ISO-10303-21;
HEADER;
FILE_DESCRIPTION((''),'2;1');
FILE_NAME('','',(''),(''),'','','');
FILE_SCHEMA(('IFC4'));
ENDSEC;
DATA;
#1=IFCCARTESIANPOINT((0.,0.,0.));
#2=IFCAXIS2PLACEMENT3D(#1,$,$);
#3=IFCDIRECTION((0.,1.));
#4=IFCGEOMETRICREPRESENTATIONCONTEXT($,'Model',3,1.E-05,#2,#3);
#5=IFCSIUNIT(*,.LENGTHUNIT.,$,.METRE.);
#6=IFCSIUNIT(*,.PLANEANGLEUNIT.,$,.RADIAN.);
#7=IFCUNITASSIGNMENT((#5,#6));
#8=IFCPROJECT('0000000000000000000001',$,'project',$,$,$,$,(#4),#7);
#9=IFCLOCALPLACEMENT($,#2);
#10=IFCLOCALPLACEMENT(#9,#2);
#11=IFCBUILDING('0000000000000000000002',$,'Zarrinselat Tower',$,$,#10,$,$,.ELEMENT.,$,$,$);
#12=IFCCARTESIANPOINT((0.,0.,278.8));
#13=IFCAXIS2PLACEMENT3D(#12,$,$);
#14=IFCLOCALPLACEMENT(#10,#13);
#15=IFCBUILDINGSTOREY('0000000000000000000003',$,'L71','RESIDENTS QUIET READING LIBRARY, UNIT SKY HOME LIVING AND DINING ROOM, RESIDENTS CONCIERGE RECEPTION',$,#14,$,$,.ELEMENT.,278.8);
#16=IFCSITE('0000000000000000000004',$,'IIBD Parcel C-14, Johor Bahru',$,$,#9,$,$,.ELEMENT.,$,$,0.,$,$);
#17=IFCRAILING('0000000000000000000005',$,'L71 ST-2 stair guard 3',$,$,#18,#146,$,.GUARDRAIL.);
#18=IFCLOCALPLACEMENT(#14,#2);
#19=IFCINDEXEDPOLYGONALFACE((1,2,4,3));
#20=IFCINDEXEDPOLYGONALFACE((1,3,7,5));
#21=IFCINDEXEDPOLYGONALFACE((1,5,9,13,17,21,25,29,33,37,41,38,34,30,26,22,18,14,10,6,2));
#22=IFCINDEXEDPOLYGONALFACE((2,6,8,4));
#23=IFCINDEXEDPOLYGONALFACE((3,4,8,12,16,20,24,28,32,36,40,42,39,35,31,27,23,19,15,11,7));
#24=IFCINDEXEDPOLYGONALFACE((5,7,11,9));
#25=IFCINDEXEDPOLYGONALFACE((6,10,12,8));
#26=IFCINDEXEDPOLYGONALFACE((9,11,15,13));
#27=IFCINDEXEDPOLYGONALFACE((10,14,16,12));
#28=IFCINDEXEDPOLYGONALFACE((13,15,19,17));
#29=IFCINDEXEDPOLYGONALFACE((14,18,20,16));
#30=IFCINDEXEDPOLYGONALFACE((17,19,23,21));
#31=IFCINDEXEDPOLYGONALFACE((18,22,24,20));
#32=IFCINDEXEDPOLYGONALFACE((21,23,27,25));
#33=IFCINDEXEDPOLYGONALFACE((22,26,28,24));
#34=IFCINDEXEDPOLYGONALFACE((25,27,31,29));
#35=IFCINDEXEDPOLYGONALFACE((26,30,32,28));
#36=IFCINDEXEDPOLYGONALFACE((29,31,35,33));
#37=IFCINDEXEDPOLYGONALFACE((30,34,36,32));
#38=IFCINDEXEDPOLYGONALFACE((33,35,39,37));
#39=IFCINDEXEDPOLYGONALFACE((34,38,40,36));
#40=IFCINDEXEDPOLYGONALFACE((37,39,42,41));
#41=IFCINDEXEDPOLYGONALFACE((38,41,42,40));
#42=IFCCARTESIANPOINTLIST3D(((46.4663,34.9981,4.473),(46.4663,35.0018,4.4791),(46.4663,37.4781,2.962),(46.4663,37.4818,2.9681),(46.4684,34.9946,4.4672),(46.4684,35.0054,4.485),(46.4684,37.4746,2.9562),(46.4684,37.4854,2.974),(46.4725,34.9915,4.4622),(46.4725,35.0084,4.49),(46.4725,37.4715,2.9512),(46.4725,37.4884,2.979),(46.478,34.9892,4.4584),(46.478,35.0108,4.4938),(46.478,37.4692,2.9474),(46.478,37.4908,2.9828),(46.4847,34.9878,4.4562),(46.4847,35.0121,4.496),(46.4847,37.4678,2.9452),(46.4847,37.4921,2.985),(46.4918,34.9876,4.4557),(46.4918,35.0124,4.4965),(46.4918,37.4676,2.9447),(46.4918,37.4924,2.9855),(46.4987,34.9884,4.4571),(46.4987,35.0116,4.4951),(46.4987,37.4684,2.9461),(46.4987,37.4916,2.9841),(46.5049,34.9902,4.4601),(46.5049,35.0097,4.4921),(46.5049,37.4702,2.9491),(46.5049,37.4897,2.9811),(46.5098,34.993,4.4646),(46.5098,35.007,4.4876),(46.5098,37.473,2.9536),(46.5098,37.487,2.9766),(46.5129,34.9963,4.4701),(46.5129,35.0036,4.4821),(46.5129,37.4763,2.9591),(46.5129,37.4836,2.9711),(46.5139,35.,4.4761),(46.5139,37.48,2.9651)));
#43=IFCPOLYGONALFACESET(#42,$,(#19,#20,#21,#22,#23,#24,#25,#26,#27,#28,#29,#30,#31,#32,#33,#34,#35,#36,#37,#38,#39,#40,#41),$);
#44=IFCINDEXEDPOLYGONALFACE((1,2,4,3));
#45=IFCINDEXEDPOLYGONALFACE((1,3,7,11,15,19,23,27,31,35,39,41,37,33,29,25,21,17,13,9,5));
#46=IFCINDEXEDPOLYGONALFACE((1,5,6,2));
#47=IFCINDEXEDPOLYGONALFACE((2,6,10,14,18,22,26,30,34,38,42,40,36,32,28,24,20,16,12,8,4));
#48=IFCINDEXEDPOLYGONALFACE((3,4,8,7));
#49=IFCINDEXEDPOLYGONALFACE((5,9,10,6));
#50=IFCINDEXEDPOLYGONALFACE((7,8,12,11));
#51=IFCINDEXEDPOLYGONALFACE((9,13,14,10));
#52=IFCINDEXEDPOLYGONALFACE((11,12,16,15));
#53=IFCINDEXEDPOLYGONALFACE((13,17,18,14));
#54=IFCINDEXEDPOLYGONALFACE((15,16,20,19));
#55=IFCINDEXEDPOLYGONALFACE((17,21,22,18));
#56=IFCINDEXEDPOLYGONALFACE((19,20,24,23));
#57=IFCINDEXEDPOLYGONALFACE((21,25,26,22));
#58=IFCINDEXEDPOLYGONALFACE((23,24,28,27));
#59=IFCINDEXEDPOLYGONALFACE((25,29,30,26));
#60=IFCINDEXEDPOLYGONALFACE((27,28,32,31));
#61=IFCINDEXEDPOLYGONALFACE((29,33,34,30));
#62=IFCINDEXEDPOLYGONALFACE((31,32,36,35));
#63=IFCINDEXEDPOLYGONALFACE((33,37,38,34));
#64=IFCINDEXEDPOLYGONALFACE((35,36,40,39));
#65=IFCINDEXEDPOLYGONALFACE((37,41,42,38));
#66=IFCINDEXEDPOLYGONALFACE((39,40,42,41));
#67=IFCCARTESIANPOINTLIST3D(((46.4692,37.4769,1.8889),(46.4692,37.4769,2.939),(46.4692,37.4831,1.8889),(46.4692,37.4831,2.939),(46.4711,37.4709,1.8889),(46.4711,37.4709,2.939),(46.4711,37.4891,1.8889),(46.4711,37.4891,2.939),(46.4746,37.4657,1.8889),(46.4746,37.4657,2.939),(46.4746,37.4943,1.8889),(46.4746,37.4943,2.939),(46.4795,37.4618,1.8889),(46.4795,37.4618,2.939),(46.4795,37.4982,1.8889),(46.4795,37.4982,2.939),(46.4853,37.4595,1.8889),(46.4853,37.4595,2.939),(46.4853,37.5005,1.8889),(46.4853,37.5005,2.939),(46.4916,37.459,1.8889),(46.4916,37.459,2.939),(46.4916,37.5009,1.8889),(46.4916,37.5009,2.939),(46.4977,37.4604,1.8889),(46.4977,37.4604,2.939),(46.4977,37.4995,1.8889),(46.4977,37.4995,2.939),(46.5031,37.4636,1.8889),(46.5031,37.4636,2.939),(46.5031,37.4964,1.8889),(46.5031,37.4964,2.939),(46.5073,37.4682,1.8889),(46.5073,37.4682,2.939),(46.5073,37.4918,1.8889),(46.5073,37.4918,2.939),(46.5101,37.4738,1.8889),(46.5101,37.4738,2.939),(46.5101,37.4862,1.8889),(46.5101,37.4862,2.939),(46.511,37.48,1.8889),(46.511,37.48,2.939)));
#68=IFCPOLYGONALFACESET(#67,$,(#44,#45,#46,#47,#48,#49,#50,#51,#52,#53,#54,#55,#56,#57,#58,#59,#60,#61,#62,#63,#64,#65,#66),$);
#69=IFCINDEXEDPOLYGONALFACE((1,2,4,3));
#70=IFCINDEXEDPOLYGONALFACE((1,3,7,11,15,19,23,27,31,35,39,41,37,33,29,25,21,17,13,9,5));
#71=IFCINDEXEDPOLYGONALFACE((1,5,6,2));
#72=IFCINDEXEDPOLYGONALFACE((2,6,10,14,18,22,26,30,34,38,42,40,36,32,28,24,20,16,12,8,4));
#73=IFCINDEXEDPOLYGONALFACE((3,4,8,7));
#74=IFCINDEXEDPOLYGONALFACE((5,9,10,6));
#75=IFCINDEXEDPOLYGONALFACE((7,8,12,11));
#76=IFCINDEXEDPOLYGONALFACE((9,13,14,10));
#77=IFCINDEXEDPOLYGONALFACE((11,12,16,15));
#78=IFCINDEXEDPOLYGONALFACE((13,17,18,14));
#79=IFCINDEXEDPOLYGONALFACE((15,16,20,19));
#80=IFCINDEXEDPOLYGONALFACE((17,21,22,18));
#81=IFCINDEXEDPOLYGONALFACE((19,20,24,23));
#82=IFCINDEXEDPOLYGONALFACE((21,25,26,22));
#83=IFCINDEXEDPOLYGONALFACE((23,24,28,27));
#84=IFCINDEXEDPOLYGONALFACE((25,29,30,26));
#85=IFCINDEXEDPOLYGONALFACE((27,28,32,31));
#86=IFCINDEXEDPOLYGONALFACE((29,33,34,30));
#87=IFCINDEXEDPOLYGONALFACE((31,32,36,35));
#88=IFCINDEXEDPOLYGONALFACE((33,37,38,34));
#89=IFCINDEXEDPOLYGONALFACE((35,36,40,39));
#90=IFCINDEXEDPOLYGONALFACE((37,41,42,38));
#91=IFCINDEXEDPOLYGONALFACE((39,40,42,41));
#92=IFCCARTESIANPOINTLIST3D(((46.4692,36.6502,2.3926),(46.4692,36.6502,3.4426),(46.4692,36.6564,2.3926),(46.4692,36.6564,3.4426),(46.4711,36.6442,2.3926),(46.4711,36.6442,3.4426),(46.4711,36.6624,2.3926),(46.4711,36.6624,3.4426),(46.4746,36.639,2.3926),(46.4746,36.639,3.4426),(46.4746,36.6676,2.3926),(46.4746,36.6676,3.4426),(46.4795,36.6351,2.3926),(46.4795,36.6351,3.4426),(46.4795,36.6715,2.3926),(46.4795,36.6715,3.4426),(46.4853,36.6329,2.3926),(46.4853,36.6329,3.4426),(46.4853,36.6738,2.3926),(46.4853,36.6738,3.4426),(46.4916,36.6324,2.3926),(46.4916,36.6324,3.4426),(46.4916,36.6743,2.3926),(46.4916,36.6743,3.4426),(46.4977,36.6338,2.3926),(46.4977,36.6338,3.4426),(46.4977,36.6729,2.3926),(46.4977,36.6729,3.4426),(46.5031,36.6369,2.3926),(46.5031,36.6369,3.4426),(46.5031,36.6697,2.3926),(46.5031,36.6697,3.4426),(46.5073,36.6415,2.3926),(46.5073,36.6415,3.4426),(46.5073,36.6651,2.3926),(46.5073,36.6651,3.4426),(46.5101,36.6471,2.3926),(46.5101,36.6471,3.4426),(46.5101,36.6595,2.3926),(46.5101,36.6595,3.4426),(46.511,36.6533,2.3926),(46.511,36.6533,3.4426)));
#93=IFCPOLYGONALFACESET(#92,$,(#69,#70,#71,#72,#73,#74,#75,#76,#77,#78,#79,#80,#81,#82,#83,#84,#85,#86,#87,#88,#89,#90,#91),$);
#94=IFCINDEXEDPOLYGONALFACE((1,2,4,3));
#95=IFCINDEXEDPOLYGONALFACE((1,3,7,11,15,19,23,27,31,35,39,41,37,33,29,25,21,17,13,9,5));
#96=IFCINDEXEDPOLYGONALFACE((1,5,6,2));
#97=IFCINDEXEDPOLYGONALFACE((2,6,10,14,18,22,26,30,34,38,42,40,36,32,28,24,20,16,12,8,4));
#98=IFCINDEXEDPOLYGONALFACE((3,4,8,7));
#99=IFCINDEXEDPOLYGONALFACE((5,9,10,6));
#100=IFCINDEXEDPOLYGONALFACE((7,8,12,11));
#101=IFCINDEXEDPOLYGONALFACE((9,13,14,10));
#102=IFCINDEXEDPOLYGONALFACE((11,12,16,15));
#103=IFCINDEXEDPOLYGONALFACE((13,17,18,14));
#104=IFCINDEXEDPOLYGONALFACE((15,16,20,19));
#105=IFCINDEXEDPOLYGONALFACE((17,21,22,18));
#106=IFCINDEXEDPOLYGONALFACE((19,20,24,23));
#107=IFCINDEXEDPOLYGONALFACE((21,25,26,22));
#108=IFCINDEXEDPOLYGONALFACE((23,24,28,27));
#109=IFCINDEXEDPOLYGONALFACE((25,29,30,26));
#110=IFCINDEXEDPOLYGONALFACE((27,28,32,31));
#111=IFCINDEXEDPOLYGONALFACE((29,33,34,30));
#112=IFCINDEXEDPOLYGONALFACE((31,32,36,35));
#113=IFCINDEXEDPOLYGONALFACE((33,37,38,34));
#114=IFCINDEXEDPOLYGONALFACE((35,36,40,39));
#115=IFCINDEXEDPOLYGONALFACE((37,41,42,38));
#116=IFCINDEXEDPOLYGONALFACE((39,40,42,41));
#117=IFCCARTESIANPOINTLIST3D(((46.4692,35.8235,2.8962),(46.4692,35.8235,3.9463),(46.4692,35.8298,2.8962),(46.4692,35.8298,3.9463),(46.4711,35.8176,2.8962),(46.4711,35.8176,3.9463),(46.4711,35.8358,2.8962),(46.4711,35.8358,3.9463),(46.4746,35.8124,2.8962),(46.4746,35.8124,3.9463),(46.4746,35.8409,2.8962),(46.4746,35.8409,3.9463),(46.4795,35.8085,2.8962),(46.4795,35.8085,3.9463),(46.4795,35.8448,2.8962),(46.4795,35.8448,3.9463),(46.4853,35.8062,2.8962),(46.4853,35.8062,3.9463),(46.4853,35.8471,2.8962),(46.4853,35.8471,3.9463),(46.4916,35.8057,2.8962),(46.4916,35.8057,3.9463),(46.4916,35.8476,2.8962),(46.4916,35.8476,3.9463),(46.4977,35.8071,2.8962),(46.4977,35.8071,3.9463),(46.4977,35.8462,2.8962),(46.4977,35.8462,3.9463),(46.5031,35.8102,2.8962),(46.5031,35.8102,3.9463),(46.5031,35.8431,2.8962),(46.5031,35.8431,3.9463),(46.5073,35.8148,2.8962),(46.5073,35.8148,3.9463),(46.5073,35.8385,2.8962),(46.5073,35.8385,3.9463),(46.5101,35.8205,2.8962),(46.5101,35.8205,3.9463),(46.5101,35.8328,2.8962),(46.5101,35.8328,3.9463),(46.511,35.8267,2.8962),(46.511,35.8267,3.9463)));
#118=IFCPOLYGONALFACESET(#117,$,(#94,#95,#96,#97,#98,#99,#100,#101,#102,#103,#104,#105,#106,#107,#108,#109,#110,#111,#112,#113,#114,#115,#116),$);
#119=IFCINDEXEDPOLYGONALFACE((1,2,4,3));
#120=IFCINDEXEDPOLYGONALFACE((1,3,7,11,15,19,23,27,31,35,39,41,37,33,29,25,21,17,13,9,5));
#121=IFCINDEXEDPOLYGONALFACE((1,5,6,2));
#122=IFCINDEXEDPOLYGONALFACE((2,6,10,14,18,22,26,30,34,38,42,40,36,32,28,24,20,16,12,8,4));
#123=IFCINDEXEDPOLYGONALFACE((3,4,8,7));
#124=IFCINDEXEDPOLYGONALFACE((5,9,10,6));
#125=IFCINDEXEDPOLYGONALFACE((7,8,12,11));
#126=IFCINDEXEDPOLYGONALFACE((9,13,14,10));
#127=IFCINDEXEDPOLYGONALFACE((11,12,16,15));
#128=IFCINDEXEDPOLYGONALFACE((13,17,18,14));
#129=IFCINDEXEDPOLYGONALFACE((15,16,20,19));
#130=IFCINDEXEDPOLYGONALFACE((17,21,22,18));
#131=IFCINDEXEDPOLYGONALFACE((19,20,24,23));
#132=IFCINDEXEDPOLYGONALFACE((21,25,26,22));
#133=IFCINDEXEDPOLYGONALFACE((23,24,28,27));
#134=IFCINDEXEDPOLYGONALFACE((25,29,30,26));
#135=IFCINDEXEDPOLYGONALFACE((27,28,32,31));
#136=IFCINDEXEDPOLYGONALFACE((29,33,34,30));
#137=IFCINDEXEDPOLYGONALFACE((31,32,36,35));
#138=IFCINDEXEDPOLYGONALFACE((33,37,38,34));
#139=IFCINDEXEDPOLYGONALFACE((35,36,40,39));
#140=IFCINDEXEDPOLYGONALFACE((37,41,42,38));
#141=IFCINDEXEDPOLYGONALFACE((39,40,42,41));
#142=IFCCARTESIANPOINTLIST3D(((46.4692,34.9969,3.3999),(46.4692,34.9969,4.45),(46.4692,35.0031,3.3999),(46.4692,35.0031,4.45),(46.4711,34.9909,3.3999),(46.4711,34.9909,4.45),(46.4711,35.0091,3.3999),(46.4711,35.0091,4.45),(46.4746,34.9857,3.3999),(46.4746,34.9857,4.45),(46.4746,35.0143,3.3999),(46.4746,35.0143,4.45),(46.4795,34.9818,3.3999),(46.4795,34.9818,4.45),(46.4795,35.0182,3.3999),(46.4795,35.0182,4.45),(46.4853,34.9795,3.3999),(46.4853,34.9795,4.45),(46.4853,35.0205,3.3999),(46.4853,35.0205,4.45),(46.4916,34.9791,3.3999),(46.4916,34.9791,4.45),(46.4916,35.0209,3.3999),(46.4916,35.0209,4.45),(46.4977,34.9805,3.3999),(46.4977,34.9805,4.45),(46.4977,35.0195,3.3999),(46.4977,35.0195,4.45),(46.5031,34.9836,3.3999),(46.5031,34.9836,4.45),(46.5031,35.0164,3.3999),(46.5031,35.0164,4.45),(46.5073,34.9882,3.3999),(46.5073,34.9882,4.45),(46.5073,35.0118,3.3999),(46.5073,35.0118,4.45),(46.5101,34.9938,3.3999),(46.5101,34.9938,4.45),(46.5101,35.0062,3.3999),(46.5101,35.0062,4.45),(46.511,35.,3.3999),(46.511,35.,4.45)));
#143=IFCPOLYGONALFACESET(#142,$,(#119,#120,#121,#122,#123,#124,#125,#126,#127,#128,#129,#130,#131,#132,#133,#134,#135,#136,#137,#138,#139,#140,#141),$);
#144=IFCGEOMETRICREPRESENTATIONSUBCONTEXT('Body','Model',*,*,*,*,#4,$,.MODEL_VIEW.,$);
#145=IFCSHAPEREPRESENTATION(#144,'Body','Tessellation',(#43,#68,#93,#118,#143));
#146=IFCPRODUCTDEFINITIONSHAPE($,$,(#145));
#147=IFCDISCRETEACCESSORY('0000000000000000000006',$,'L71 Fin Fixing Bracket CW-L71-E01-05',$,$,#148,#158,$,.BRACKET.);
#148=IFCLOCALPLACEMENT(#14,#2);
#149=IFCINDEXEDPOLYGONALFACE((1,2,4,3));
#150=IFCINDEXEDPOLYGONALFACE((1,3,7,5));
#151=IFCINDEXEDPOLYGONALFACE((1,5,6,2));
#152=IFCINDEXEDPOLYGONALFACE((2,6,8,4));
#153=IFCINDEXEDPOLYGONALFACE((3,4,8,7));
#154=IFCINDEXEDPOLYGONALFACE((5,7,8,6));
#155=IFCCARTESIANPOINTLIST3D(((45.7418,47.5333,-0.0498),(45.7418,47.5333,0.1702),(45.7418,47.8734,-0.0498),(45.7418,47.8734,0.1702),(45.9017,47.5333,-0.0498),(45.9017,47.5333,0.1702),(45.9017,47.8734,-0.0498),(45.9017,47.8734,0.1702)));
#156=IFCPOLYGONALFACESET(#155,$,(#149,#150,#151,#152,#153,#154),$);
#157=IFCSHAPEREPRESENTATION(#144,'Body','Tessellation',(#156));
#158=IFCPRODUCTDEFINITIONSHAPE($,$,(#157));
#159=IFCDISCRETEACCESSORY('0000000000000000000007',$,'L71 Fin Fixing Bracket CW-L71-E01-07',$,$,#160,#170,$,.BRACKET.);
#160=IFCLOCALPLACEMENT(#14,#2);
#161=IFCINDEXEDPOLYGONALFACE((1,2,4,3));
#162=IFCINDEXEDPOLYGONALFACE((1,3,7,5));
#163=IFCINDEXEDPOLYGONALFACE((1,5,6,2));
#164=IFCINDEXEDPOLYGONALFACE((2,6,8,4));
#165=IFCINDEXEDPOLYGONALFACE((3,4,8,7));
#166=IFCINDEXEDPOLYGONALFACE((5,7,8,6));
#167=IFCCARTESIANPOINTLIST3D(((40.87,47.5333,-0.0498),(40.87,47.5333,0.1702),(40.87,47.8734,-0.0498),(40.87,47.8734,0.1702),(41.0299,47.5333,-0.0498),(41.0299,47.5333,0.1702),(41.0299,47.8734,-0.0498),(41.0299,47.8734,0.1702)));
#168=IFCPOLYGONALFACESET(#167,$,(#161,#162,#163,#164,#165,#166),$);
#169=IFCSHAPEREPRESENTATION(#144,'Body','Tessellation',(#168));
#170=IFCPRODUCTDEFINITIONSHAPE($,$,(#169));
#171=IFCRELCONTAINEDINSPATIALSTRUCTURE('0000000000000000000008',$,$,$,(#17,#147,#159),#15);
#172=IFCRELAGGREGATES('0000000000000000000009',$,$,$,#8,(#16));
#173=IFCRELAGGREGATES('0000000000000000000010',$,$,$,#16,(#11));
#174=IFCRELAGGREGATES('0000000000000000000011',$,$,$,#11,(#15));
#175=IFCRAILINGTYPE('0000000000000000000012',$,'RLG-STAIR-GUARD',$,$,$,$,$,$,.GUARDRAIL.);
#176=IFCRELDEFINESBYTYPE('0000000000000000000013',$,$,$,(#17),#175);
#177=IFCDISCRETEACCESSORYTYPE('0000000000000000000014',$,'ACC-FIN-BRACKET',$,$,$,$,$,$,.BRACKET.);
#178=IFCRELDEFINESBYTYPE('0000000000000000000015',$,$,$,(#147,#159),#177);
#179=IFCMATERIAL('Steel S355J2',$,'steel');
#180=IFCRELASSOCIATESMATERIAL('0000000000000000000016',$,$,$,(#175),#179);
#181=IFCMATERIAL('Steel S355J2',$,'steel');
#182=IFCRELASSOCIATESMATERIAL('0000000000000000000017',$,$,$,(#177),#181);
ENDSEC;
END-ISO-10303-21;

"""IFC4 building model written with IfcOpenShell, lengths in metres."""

from ifc_helpers import new_model, si_unit, direction, frame, origin, origin_2d, place, context, subcontext, project, spatial, rectangle, circle, extrude, material, type_object, element, save


model = new_model("IFC4")

# Units and contexts
model_context = context("Model", 3, precision=1e-05, world=origin(), true_north=direction((0.0, 1.0)))
body_context = subcontext(model_context, "Body", "Model", "MODEL_VIEW")
ifc_project = project(units=[si_unit("LENGTHUNIT", "METRE"), si_unit("PLANEANGLEUNIT", "RADIAN")], contexts=[model_context])

# Site, building, storey
site_placement = place(None, origin())
site = spatial("IfcSite", under=ifc_project, at=site_placement, Name="IIBD Parcel C-14, Johor Bahru", CompositionType="ELEMENT", RefElevation=0.0)
building_placement = place(site_placement, origin())
building = spatial("IfcBuilding", under=site, at=building_placement, Name="Zarrinselat Tower", CompositionType="ELEMENT")
storey_placement = place(building_placement, frame((0.0, 0.0, 278.8)))
storey = spatial("IfcBuildingStorey", under=building, at=storey_placement, Name="L71", Description="RESIDENTS QUIET READING LIBRARY, UNIT SKY HOME LIVING AND DINING ROOM, RESIDENTS CONCIERGE RECEPTION", CompositionType="ELEMENT", Elevation=278.8)

# Railing
ifc_material_1 = material(Name="Steel S355J2", Category="steel")
railing_type = type_object("IfcRailingType", Name="RLG-STAIR-GUARD", PredefinedType="GUARDRAIL", material=ifc_material_1)
railing_1_placement = place(storey_placement, frame((46.49, 37.48, 1.8889)))
element("IfcRailing", 1, at=railing_1_placement, inside=storey, type_object=railing_type, Name="L71 ST-2 stair guard 3", PredefinedType="GUARDRAIL", context=body_context, shape_type="SweptSolid", body=[
    extrude(circle(Radius=0.0239, at=origin_2d()), frame((0.0, 0.0, 1.0762), z_axis=(0.0, -0.853979, 0.520307), x_axis=(1.0, 0.0, 0.0)), (0.0, 0.0, 1.0), 2.9041),
    extrude(circle(Radius=0.021, at=origin_2d()), origin(), (0.0, 0.0, 1.0), 1.05),
    extrude(circle(Radius=0.021, at=origin_2d()), frame((0.0, -0.8267, 0.5037)), (0.0, 0.0, 1.0), 1.05),
    extrude(circle(Radius=0.021, at=origin_2d()), frame((0.0, -1.6533, 1.0073)), (0.0, 0.0, 1.0), 1.05),
    extrude(circle(Radius=0.021, at=origin_2d()), frame((0.0, -2.48, 1.511)), (0.0, 0.0, 1.0), 1.05),
])

# Discrete accessories
ifc_material_2 = material(Name="Steel S355J2", Category="steel")
discrete_accessory_type = type_object("IfcDiscreteAccessoryType", Name="ACC-FIN-BRACKET", PredefinedType="BRACKET", material=ifc_material_2)
for number, where, z_axis, x_axis, name in (
    (2, (45.8218, 47.7034, -0.0498), (0.0, 0.0, 1.0), (0.0, 1.0, 0.0), "L71 Fin Fixing Bracket CW-L71-E01-05"),
    (3, (40.95, 47.7034, -0.0498), (0.0, 0.0, 1.0), (0.0, 1.0, 0.0), "L71 Fin Fixing Bracket CW-L71-E01-07"),
):
    element("IfcDiscreteAccessory", number, at=place(storey_placement, frame(where, z_axis=z_axis, x_axis=x_axis)), inside=storey, type_object=discrete_accessory_type, Name=name, PredefinedType="BRACKET", context=body_context, shape_type="SweptSolid", body=[
        extrude(rectangle(XDim=0.3401, YDim=0.1599, at=origin_2d()), origin(), (0.0, 0.0, 1.0), 0.22),
    ])

save(model, "model.ifc")
